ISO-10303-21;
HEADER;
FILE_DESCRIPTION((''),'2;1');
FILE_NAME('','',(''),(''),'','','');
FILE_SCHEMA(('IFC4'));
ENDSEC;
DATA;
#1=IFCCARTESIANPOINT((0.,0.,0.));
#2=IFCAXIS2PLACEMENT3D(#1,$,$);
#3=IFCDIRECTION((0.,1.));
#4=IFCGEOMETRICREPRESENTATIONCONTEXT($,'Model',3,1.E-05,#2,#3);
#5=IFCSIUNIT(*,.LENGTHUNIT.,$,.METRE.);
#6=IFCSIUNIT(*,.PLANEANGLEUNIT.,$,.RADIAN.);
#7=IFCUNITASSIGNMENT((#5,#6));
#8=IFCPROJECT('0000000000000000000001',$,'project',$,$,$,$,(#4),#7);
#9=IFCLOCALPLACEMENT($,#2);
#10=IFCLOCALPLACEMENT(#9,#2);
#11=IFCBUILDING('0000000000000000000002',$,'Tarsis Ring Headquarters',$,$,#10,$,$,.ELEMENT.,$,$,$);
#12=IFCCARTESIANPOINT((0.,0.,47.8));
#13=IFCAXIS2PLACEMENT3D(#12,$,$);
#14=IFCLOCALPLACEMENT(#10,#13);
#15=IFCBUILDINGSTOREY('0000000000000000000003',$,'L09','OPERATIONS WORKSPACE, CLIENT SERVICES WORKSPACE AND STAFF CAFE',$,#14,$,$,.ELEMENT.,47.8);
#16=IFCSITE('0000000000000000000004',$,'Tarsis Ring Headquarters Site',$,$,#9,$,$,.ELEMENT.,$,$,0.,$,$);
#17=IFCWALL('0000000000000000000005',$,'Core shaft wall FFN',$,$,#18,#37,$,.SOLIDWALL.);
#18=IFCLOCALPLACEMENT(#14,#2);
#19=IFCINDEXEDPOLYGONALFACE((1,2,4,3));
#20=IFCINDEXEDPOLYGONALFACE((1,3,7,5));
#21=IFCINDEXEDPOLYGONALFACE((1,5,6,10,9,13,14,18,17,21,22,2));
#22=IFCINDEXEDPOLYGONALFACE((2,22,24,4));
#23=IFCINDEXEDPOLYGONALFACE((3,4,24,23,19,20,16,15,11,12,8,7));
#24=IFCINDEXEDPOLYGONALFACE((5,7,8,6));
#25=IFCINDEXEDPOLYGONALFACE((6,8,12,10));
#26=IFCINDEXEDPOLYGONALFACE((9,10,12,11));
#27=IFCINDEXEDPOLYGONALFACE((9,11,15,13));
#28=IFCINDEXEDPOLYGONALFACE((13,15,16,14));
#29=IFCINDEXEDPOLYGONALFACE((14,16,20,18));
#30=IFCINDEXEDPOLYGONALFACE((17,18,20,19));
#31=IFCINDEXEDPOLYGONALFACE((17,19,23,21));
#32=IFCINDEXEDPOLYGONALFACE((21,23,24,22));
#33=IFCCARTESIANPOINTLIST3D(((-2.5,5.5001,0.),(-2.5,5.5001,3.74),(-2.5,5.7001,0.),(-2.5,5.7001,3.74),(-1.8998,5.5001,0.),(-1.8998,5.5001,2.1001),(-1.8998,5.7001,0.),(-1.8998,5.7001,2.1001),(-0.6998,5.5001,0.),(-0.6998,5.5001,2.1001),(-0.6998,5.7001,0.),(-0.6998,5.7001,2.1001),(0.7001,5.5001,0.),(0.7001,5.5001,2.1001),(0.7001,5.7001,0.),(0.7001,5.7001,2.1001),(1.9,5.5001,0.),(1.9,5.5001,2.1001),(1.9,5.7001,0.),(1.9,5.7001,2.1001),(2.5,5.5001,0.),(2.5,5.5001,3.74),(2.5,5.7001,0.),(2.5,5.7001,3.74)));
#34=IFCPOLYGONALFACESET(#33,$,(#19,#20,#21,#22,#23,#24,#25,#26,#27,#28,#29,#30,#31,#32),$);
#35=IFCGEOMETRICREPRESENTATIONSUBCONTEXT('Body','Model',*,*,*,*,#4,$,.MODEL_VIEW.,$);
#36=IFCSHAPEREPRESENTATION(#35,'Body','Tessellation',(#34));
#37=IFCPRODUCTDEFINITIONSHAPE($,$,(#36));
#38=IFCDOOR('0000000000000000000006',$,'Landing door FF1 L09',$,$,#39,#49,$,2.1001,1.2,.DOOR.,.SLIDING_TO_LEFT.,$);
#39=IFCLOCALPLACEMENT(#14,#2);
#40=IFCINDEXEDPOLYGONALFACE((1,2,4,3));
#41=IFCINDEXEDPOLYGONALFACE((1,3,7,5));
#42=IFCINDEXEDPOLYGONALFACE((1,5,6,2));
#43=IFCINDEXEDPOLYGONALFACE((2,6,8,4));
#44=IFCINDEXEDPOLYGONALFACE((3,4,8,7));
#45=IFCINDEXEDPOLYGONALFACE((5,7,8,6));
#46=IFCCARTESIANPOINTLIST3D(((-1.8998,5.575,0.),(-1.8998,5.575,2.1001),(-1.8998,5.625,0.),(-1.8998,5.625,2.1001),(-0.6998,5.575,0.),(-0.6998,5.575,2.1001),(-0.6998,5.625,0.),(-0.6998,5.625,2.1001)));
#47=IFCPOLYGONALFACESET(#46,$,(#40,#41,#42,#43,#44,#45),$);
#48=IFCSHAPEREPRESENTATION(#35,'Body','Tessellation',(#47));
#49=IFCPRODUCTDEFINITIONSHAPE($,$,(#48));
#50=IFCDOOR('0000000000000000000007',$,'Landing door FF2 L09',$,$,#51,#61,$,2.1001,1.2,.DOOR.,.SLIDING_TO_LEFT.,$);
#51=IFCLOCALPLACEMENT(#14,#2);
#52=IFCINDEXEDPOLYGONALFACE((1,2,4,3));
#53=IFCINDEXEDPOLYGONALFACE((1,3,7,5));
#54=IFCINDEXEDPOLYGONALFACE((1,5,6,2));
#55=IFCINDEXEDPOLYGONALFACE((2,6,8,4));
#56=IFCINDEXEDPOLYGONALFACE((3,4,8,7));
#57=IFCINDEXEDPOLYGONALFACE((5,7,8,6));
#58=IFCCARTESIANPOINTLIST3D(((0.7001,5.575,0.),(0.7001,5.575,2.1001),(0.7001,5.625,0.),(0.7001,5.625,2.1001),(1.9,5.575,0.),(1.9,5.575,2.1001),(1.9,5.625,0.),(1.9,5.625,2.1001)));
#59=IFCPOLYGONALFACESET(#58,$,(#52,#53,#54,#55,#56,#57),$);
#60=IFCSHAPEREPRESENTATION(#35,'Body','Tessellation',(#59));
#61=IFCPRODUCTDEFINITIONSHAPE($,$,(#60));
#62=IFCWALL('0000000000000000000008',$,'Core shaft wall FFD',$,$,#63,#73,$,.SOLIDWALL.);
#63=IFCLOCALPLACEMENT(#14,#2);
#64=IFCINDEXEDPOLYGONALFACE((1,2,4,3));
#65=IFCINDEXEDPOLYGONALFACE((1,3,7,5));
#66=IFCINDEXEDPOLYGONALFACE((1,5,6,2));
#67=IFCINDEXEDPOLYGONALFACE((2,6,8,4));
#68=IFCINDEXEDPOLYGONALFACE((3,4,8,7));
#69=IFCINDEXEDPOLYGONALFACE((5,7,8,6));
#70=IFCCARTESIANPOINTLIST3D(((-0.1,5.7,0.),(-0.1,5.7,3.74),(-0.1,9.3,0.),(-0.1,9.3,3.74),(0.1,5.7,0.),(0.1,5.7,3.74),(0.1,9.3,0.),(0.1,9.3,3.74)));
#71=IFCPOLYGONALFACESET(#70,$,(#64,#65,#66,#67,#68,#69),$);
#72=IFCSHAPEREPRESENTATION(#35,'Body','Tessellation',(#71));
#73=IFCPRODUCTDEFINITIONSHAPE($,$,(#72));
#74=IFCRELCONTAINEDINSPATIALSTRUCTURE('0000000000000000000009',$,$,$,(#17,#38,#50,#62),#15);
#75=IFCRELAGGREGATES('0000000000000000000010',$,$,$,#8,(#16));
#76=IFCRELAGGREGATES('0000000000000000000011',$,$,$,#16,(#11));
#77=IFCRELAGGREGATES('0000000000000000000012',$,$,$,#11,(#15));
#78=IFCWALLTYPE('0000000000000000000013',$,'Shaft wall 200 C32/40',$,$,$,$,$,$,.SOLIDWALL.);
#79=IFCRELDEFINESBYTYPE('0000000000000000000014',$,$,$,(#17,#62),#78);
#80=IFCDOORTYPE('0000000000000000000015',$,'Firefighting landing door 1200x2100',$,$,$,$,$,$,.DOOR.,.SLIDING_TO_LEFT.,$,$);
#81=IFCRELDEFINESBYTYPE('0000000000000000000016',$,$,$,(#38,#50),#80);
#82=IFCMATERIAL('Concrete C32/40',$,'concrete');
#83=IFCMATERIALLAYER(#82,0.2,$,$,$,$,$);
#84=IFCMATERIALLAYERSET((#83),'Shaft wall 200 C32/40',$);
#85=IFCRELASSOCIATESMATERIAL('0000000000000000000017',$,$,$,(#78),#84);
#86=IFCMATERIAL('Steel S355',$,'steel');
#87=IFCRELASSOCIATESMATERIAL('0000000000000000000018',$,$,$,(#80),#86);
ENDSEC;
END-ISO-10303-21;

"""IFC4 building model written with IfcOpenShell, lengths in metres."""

from ifc_helpers import new_model, si_unit, direction, frame, frame_2d, origin, place, context, subcontext, project, spatial, rectangle, extrude, material, layer, layer_set, type_object, element, fill, save


model = new_model("IFC4")

# Units and contexts
model_context = context("Model", 3, precision=1e-05, world=origin(), true_north=direction((0.0, 1.0)))
body_context = subcontext(model_context, "Body", "Model", "MODEL_VIEW")
ifc_project = project(units=[si_unit("LENGTHUNIT", "METRE"), si_unit("PLANEANGLEUNIT", "RADIAN")], contexts=[model_context])

# Site, building, storey
site_placement = place(None, origin())
site = spatial("IfcSite", under=ifc_project, at=site_placement, Name="Tarsis Ring Headquarters Site", CompositionType="ELEMENT", RefElevation=0.0)
building_placement = place(site_placement, origin())
building = spatial("IfcBuilding", under=site, at=building_placement, Name="Tarsis Ring Headquarters", CompositionType="ELEMENT")
storey_placement = place(building_placement, frame((0.0, 0.0, 47.8)))
storey = spatial("IfcBuildingStorey", under=building, at=storey_placement, Name="L09", Description="OPERATIONS WORKSPACE, CLIENT SERVICES WORKSPACE AND STAFF CAFE", CompositionType="ELEMENT", Elevation=47.8)

# Shared definitions
ifc_material_1 = material(Name="Concrete C32/40", Category="concrete")
ifc_layer_1 = layer(ifc_material_1, 0.2)
ifc_layer_set_1 = layer_set([ifc_layer_1], Name="Shaft wall 200 C32/40")
wall_type_1 = type_object("IfcWallType", Name="Shaft wall 200 C32/40", PredefinedType="SOLIDWALL", material=ifc_layer_set_1)
ifc_material_2 = material(Name="Steel S355", Category="steel")

# Wall, openings, doors
wall_1_placement = place(storey_placement, frame((-2.5, 5.6001, 0.0), z_axis=(0.0, 0.0, 1.0), x_axis=(1.0, 0.0, 0.0)))
wall_1 = element("IfcWall", 1, at=wall_1_placement, inside=storey, type_object=wall_type_1, Name="Core shaft wall FFN", PredefinedType="SOLIDWALL", context=body_context, shape_type="SweptSolid", body=[
    extrude(rectangle(XDim=5.0, YDim=0.2, at=frame_2d((2.5, 0.0))), origin(), (0.0, 0.0, 1.0), 3.74),
])
opening_1_placement = place(wall_1_placement, frame((0.6001, 0.0, 0.0)))
opening_1 = element("IfcOpeningElement", 2, at=opening_1_placement, cuts=wall_1, PredefinedType="OPENING", context=body_context, shape_type="SweptSolid", body=[
    extrude(rectangle(XDim=1.2, YDim=2.1001, at=frame_2d((0.6001, 1.05))), frame((0.0, 0.1099, 0.0), z_axis=(0.0, -1.0, 0.0), x_axis=(1.0, 0.0, 0.0)), (0.0, 0.0, 1.0), 0.22),
])
opening_2_placement = place(wall_1_placement, frame((3.2, 0.0, 0.0)))
opening_2 = element("IfcOpeningElement", 3, at=opening_2_placement, cuts=wall_1, PredefinedType="OPENING", context=body_context, shape_type="SweptSolid", body=[
    extrude(rectangle(XDim=1.2, YDim=2.1001, at=frame_2d((0.6001, 1.05))), frame((0.0, 0.1099, 0.0), z_axis=(0.0, -1.0, 0.0), x_axis=(1.0, 0.0, 0.0)), (0.0, 0.0, 1.0), 0.22),
])
door_type_1 = type_object("IfcDoorType", Name="Firefighting landing door 1200x2100", OperationType="SLIDING_TO_LEFT", PredefinedType="DOOR", material=ifc_material_2)
door_1_placement = place(opening_1_placement, origin())
door_1 = element("IfcDoor", 4, at=door_1_placement, inside=storey, type_object=door_type_1, Name="Landing door FF1 L09", OperationType="SLIDING_TO_LEFT", OverallHeight=2.1001, OverallWidth=1.2, PredefinedType="DOOR", context=body_context, shape_type="SweptSolid", body=[
    extrude(rectangle(XDim=1.2, YDim=2.1001, at=frame_2d((0.6001, 1.05))), frame((0.0, 0.0249, 0.0), z_axis=(0.0, -1.0, 0.0), x_axis=(1.0, 0.0, 0.0)), (0.0, 0.0, 1.0), 0.05),
])
fill(opening_1, door_1)
door_2_placement = place(opening_2_placement, origin())
door_2 = element("IfcDoor", 5, at=door_2_placement, inside=storey, type_object=door_type_1, Name="Landing door FF2 L09", OperationType="SLIDING_TO_LEFT", OverallHeight=2.1001, OverallWidth=1.2, PredefinedType="DOOR", context=body_context, shape_type="SweptSolid", body=[
    extrude(rectangle(XDim=1.2, YDim=2.1001, at=frame_2d((0.6001, 1.05))), frame((0.0, 0.0249, 0.0), z_axis=(0.0, -1.0, 0.0), x_axis=(1.0, 0.0, 0.0)), (0.0, 0.0, 1.0), 0.05),
])
fill(opening_2, door_2)

# Wall
wall_2_placement = place(storey_placement, frame((0.0, 5.7, 0.0), z_axis=(0.0, 0.0, 1.0), x_axis=(0.0, 1.0, 0.0)))
element("IfcWall", 6, at=wall_2_placement, inside=storey, type_object=wall_type_1, Name="Core shaft wall FFD", PredefinedType="SOLIDWALL", context=body_context, shape_type="SweptSolid", body=[
    extrude(rectangle(XDim=3.6001, YDim=0.2, at=frame_2d((1.8, 0.0))), origin(), (0.0, 0.0, 1.0), 3.74),
])

save(model, "model.ifc")
